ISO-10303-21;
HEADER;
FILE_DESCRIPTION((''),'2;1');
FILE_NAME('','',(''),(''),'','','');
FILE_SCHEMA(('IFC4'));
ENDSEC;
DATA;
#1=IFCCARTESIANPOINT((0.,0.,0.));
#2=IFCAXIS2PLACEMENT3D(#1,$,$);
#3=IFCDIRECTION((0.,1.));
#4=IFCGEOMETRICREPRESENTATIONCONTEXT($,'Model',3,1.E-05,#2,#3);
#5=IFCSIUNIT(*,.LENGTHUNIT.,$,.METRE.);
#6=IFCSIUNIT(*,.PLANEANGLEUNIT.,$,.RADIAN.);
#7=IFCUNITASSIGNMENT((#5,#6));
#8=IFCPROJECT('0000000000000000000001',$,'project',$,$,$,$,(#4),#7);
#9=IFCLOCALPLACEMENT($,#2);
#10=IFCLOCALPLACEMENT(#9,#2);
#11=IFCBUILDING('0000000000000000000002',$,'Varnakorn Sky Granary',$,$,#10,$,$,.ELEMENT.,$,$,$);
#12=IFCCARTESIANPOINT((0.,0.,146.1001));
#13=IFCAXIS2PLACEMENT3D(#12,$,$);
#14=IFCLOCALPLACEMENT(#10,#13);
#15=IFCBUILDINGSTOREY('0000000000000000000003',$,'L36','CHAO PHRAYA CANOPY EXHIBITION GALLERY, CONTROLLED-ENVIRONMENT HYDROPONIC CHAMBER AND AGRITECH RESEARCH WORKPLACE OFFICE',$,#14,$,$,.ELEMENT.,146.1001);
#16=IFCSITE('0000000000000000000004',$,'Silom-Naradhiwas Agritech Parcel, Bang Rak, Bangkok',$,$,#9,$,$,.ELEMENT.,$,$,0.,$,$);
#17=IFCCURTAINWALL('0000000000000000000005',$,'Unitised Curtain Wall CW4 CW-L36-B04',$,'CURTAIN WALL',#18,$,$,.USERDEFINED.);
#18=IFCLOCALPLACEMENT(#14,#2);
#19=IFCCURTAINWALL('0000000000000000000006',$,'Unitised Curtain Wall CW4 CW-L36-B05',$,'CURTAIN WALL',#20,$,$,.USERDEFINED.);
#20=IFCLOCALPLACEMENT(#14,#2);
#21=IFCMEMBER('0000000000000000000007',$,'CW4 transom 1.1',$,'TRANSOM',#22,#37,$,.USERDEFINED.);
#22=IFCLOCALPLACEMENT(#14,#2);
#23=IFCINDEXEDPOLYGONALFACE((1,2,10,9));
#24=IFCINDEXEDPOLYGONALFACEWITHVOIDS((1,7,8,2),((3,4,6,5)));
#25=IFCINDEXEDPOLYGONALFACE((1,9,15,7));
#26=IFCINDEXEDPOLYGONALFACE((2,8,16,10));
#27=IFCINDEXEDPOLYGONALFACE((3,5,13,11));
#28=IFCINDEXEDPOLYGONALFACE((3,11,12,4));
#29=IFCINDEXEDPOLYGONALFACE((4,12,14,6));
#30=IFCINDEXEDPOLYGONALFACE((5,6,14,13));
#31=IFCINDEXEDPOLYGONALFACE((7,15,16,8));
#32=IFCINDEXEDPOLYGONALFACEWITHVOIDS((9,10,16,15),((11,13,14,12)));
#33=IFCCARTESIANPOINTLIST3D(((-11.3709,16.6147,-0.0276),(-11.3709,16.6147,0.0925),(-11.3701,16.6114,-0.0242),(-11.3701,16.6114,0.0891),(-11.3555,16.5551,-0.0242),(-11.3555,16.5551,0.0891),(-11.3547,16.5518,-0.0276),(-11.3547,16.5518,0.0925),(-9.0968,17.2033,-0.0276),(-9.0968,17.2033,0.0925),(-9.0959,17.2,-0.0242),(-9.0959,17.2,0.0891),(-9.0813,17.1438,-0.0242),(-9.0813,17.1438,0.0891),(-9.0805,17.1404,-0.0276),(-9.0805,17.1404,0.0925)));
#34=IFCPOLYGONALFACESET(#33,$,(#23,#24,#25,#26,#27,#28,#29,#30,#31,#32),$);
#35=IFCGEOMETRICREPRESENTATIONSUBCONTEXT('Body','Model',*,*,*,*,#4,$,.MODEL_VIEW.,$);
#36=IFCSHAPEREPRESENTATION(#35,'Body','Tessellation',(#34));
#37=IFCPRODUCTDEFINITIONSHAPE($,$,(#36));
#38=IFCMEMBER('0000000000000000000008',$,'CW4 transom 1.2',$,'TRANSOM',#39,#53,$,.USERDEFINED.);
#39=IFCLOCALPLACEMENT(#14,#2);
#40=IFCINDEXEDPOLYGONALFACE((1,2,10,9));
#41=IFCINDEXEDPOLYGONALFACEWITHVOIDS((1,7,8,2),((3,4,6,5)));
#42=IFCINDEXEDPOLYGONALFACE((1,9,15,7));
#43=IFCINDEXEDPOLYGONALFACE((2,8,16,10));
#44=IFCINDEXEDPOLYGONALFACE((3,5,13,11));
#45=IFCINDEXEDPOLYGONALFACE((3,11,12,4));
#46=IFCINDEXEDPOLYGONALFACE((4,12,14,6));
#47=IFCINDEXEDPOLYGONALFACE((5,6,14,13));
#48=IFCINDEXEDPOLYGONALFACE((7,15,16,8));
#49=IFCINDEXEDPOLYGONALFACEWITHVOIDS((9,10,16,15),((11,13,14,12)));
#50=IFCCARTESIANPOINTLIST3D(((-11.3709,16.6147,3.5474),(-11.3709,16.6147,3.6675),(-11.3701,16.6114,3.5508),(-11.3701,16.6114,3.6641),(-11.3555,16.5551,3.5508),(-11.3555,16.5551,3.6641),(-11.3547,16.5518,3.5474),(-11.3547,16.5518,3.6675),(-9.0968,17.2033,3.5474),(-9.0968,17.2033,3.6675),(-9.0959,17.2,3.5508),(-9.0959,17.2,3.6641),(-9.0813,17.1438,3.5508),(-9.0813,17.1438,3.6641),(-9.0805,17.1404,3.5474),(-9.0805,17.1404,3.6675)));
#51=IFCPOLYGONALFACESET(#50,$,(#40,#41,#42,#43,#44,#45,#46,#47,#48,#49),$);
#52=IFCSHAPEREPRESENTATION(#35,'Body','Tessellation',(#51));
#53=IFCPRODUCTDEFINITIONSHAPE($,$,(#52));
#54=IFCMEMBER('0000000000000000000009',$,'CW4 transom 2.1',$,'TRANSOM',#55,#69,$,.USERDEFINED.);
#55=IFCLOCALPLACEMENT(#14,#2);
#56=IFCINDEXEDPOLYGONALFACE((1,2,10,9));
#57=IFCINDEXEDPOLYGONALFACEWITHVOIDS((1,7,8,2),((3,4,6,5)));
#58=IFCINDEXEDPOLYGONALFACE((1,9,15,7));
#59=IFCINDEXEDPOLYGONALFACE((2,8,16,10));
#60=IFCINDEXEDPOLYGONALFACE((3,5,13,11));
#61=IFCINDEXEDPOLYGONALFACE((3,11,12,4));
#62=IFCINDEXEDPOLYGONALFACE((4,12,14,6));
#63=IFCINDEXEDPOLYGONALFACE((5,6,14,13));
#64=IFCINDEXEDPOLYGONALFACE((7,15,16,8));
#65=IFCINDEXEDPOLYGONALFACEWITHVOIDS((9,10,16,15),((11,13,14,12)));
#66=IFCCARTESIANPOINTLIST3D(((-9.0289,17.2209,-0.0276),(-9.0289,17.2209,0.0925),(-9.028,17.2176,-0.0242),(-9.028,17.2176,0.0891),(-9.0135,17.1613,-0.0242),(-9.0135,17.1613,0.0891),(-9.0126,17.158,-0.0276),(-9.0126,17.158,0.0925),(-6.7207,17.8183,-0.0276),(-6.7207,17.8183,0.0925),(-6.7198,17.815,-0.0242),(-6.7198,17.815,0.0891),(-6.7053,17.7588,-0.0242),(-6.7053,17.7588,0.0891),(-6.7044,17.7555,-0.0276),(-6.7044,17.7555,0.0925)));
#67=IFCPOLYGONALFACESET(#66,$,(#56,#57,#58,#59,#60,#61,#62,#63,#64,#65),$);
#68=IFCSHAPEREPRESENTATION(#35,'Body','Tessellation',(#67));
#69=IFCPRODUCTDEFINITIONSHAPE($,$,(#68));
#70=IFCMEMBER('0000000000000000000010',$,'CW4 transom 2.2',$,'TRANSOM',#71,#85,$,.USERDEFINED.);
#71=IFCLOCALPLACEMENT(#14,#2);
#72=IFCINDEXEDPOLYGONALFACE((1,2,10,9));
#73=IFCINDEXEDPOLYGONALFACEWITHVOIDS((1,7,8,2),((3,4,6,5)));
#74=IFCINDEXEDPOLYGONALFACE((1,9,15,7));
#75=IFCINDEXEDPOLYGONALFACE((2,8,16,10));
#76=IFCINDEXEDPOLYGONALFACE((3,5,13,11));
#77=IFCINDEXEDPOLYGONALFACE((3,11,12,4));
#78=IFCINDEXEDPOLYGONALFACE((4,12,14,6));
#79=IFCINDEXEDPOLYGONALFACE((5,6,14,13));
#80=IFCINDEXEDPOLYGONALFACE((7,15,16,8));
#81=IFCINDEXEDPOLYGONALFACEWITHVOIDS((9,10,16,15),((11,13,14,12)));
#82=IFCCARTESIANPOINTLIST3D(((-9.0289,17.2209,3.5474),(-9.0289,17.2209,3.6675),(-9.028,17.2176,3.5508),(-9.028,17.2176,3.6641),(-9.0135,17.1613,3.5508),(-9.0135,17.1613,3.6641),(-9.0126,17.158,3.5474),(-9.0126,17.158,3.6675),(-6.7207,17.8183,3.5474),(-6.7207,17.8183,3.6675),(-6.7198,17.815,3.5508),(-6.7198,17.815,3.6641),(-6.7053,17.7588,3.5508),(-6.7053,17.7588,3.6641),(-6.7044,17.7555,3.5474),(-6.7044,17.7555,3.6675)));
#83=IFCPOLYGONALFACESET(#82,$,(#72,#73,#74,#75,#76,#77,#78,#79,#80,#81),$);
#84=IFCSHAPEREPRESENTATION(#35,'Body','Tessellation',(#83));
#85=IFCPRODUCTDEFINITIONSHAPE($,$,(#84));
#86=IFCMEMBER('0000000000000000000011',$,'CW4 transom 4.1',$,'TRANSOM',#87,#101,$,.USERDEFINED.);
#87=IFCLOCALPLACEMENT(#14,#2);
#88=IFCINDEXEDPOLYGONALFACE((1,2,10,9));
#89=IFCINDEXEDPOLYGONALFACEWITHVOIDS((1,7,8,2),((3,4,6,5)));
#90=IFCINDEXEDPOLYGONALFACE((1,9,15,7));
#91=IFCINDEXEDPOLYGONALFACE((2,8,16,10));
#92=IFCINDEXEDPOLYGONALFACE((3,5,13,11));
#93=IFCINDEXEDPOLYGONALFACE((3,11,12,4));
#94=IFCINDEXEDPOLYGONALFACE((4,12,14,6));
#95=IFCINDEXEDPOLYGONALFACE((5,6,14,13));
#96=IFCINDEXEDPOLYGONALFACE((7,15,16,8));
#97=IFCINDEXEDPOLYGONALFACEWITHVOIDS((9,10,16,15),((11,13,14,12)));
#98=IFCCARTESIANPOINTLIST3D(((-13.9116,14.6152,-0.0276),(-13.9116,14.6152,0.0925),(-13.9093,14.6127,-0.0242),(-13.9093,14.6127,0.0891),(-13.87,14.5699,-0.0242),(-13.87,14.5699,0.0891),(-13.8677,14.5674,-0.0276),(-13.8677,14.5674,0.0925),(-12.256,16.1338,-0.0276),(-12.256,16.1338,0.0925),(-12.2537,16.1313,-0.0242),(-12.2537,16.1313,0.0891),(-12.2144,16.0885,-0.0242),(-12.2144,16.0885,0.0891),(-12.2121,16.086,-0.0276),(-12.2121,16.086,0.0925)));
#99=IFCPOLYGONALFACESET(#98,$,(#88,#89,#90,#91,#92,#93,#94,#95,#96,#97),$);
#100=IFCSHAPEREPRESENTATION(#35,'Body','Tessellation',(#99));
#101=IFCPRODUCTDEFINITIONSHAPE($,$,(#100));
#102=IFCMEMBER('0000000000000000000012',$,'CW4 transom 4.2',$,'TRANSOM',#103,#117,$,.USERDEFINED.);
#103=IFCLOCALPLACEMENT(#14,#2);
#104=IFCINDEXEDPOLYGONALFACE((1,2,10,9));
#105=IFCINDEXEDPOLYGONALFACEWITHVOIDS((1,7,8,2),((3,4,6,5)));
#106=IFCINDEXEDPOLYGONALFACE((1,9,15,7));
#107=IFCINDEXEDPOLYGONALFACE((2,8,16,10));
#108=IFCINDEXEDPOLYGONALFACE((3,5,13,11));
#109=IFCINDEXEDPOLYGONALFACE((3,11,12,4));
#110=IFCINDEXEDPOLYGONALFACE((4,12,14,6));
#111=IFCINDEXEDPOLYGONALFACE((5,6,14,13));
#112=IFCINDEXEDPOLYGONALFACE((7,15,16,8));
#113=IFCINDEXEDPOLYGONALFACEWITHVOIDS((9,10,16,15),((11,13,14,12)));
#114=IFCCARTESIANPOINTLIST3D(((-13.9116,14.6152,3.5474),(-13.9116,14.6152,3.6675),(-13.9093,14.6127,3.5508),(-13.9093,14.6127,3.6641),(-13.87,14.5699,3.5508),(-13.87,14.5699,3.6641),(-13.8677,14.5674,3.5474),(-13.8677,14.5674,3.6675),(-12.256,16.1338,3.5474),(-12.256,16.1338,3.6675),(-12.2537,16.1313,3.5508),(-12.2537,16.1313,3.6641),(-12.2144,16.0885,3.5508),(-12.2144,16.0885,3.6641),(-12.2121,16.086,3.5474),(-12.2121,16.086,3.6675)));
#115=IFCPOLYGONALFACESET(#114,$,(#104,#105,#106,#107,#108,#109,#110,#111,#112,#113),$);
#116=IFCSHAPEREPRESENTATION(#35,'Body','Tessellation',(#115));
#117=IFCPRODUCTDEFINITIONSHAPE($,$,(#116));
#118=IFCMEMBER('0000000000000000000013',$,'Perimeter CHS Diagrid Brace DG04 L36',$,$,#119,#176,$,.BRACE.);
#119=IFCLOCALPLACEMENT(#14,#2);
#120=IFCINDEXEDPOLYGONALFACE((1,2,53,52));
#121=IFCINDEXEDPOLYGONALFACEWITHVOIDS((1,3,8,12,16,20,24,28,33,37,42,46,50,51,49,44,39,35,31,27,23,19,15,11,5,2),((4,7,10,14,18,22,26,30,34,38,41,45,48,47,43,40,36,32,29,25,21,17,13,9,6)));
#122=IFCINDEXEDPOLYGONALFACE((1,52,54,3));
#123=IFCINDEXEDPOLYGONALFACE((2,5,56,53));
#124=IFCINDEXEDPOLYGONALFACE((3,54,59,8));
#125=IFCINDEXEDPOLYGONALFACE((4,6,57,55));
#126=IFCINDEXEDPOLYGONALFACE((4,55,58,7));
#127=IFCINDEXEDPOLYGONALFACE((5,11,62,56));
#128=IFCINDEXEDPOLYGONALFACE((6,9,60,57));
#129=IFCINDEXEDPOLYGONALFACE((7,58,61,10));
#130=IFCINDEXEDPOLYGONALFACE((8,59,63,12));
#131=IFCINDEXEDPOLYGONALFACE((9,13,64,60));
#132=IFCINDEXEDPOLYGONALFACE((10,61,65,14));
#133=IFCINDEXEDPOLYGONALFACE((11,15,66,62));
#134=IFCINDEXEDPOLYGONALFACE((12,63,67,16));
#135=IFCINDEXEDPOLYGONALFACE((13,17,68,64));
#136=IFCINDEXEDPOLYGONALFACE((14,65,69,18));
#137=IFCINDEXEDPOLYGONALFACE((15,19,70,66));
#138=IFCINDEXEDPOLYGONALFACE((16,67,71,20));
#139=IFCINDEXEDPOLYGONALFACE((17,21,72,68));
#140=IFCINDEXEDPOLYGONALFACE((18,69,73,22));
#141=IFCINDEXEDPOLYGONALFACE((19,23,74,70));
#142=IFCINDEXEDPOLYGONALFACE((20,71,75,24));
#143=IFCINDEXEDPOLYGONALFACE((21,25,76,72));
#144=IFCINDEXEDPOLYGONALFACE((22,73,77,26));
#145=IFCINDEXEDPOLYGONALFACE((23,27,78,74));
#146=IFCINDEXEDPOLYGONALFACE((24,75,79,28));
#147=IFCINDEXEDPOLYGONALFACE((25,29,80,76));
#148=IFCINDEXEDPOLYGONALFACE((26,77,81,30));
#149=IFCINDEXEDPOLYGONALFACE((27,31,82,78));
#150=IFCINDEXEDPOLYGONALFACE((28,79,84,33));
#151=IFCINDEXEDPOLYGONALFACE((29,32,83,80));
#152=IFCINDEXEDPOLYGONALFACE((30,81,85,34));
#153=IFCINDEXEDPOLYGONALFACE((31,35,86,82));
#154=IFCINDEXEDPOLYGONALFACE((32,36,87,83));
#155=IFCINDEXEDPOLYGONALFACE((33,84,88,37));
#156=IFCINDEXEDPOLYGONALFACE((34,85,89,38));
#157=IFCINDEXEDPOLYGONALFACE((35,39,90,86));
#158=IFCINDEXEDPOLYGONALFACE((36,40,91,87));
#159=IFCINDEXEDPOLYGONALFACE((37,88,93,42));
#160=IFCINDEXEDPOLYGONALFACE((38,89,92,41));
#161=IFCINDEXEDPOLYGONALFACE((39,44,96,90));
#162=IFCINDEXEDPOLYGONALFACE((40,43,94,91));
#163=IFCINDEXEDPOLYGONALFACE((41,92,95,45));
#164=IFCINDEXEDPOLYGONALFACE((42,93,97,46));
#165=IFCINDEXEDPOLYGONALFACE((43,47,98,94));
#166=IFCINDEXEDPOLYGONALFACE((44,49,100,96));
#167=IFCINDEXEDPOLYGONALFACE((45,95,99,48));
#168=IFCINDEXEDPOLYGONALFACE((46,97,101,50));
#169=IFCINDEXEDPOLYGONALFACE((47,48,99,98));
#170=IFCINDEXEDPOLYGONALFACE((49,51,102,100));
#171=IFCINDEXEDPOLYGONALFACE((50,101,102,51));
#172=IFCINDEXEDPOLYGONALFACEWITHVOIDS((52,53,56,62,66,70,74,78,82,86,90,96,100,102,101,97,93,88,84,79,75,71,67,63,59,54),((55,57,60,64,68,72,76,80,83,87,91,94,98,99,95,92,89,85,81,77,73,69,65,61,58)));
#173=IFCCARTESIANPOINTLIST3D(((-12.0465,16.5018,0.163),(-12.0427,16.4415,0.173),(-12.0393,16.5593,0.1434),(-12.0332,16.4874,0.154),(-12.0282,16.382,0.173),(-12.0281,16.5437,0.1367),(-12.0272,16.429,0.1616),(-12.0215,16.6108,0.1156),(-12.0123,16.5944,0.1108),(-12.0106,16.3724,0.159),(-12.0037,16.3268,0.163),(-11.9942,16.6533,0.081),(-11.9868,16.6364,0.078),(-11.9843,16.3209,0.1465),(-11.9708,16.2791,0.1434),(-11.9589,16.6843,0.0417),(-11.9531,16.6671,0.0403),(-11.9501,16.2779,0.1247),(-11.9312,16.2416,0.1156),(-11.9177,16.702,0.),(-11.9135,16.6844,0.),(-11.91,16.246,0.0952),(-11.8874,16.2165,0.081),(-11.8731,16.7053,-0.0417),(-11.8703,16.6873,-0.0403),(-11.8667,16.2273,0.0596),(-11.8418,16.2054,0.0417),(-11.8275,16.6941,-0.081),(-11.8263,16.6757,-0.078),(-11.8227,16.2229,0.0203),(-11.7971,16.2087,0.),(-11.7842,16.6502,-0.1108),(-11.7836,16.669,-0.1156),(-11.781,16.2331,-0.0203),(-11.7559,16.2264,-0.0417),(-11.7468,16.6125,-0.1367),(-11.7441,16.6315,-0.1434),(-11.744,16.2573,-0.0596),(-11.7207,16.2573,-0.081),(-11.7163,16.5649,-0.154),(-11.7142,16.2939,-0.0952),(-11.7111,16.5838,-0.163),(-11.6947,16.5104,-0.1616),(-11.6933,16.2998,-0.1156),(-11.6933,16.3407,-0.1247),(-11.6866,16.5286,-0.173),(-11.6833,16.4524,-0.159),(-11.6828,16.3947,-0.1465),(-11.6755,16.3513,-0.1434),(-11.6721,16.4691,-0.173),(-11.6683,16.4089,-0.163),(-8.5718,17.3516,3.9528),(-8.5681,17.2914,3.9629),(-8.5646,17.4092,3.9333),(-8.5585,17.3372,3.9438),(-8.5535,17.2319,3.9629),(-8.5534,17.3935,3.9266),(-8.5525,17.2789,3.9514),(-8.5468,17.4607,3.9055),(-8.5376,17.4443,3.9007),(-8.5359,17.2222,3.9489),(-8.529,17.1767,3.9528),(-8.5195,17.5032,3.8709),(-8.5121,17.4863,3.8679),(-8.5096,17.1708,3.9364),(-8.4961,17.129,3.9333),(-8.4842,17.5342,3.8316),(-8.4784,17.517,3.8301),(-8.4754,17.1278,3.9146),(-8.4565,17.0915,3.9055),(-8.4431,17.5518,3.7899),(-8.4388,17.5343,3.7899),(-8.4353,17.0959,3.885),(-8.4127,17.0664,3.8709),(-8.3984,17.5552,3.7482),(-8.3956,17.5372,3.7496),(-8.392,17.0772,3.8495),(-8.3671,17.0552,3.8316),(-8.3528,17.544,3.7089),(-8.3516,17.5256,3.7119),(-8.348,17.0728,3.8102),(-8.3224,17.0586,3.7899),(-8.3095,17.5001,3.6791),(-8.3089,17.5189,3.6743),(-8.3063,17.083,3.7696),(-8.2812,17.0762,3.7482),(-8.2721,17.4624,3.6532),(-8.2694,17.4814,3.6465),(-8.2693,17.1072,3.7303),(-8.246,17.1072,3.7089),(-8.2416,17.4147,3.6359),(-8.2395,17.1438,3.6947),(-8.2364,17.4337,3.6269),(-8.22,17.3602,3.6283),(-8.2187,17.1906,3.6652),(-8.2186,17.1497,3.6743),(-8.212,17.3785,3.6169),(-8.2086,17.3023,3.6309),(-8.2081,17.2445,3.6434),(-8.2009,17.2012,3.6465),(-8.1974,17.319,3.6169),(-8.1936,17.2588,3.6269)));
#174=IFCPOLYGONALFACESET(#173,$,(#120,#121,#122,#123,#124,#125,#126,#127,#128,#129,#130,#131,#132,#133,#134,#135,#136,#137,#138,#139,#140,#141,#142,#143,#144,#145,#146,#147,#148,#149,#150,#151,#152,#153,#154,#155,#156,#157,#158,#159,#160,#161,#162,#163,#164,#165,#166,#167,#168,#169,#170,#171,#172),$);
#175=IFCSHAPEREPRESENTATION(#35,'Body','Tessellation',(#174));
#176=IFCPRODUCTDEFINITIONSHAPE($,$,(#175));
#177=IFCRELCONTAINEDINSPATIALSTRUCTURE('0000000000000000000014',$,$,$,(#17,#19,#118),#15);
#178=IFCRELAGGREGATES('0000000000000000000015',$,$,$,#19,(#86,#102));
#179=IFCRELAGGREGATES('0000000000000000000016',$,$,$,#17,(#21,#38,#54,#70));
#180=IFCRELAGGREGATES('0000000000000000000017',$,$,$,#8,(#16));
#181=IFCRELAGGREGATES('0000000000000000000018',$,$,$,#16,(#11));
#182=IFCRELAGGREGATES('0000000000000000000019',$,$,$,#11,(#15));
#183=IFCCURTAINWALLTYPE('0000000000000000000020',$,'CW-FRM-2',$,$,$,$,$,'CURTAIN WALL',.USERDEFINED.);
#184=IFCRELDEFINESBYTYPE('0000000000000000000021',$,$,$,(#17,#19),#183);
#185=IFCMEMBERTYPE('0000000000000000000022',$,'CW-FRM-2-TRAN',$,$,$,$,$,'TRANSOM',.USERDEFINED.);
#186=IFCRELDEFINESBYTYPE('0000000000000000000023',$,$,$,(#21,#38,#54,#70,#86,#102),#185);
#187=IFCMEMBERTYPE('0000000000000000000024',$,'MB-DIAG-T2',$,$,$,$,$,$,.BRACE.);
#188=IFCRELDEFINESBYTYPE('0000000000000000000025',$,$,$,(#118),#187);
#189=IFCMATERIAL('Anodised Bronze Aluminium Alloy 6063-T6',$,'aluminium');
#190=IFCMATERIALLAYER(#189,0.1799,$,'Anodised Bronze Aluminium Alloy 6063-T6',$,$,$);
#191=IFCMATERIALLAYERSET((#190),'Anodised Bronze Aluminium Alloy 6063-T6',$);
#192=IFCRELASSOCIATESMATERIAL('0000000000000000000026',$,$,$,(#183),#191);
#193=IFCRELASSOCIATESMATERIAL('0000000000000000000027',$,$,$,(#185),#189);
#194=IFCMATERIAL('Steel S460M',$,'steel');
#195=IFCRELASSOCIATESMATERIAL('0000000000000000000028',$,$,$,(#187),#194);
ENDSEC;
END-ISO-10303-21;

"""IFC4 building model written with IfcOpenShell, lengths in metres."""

from ifc_helpers import new_model, si_unit, direction, frame, origin, origin_2d, place, context, subcontext, project, spatial, hollow_rectangle, hollow_circle, extrude, material, layer, layer_set, material_profile, profile_set, type_object, element, aggregate, save


model = new_model("IFC4")

# Units and contexts
model_context = context("Model", 3, precision=1e-05, world=origin(), true_north=direction((0.0, 1.0)))
body_context = subcontext(model_context, "Body", "Model", "MODEL_VIEW")
ifc_project = project(units=[si_unit("LENGTHUNIT", "METRE"), si_unit("PLANEANGLEUNIT", "RADIAN")], contexts=[model_context])

# Site, building, storey
site_placement = place(None, origin())
site = spatial("IfcSite", under=ifc_project, at=site_placement, Name="Silom-Naradhiwas Agritech Parcel, Bang Rak, Bangkok", CompositionType="ELEMENT", RefElevation=0.0)
building_placement = place(site_placement, origin())
building = spatial("IfcBuilding", under=site, at=building_placement, Name="Varnakorn Sky Granary", CompositionType="ELEMENT")
storey_placement = place(building_placement, frame((0.0, 0.0, 146.1001)))
storey = spatial("IfcBuildingStorey", under=building, at=storey_placement, Name="L36", Description="CHAO PHRAYA CANOPY EXHIBITION GALLERY, CONTROLLED-ENVIRONMENT HYDROPONIC CHAMBER AND AGRITECH RESEARCH WORKPLACE OFFICE", CompositionType="ELEMENT", Elevation=146.1001)

# Shared definitions
ifc_material_1 = material(Name="Steel S460M", Category="steel")

# Curtain walls
ifc_material_2 = material(Name="Anodised Bronze Aluminium Alloy 6063-T6", Category="aluminium")
ifc_layer_1 = layer(ifc_material_2, 0.1799, Name="Anodised Bronze Aluminium Alloy 6063-T6")
ifc_layer_set_1 = layer_set([ifc_layer_1], Name="Anodised Bronze Aluminium Alloy 6063-T6")
curtain_wall_type = type_object("IfcCurtainWallType", Name="CW-FRM-2", ElementType="CURTAIN WALL", PredefinedType="USERDEFINED", material=ifc_layer_set_1)
curtain_wall_1_placement = place(storey_placement, origin())
curtain_wall_1 = element("IfcCurtainWall", 1, at=curtain_wall_1_placement, inside=storey, type_object=curtain_wall_type, Name="Unitised Curtain Wall CW4 CW-L36-B04", ObjectType="CURTAIN WALL", PredefinedType="USERDEFINED")
curtain_wall_2_placement = place(storey_placement, origin())
curtain_wall_2 = element("IfcCurtainWall", 2, at=curtain_wall_2_placement, inside=storey, type_object=curtain_wall_type, Name="Unitised Curtain Wall CW4 CW-L36-B05", ObjectType="CURTAIN WALL", PredefinedType="USERDEFINED")

# Members
ifc_material_profile_1 = material_profile(ifc_material_2, hollow_rectangle(XDim=0.0649, YDim=0.1201, WallThickness=0.0034, at=origin_2d()), Name="ALU TRAN 65x120")
ifc_profile_set_1 = profile_set([ifc_material_profile_1], Name="Anodised Bronze Aluminium Alloy 6063-T6")
member_type_1 = type_object("IfcMemberType", Name="CW-FRM-2-TRAN", ElementType="TRANSOM", PredefinedType="USERDEFINED", material=ifc_profile_set_1)
member_1_placement = place(storey_placement, frame((-11.3628, 16.5833, 0.0325), z_axis=(0.968098, 0.250573, 0.0), x_axis=(-0.250573, 0.968098, 0.0)))
member_1 = element("IfcMember", 3, at=member_1_placement, type_object=member_type_1, Name="CW4 transom 1.1", ObjectType="TRANSOM", PredefinedType="USERDEFINED", context=body_context, shape_type="SweptSolid", body=[
    extrude(hollow_rectangle(XDim=0.0649, YDim=0.1201, WallThickness=0.0034, at=origin_2d()), origin(), (0.0, 0.0, 1.0), 2.3491),
])
member_2_placement = place(storey_placement, frame((-11.3628, 16.5833, 3.6074), z_axis=(0.968098, 0.250573, 0.0), x_axis=(-0.250573, 0.968098, 0.0)))
member_2 = element("IfcMember", 4, at=member_2_placement, type_object=member_type_1, Name="CW4 transom 1.2", ObjectType="TRANSOM", PredefinedType="USERDEFINED", context=body_context, shape_type="SweptSolid", body=[
    extrude(hollow_rectangle(XDim=0.0649, YDim=0.1201, WallThickness=0.0034, at=origin_2d()), origin(), (0.0, 0.0, 1.0), 2.3491),
])
member_3_placement = place(storey_placement, frame((-9.0208, 17.1895, 0.0325), z_axis=(0.968097, 0.250575, 0.0), x_axis=(-0.250575, 0.968097, 0.0)))
member_3 = element("IfcMember", 5, at=member_3_placement, type_object=member_type_1, Name="CW4 transom 2.1", ObjectType="TRANSOM", PredefinedType="USERDEFINED", context=body_context, shape_type="SweptSolid", body=[
    extrude(hollow_rectangle(XDim=0.0649, YDim=0.1201, WallThickness=0.0034, at=origin_2d()), origin(), (0.0, 0.0, 1.0), 2.3843),
])
member_4_placement = place(storey_placement, frame((-9.0208, 17.1895, 3.6074), z_axis=(0.968097, 0.250575, 0.0), x_axis=(-0.250575, 0.968097, 0.0)))
member_4 = element("IfcMember", 6, at=member_4_placement, type_object=member_type_1, Name="CW4 transom 2.2", ObjectType="TRANSOM", PredefinedType="USERDEFINED", context=body_context, shape_type="SweptSolid", body=[
    extrude(hollow_rectangle(XDim=0.0649, YDim=0.1201, WallThickness=0.0034, at=origin_2d()), origin(), (0.0, 0.0, 1.0), 2.3843),
])
member_5_placement = place(storey_placement, frame((-13.8896, 14.5913, 0.0325), z_axis=(0.736933, 0.675966, 0.0), x_axis=(-0.675966, 0.736933, 0.0)))
member_5 = element("IfcMember", 7, at=member_5_placement, type_object=member_type_1, Name="CW4 transom 4.1", ObjectType="TRANSOM", PredefinedType="USERDEFINED", context=body_context, shape_type="SweptSolid", body=[
    extrude(hollow_rectangle(XDim=0.0649, YDim=0.1201, WallThickness=0.0034, at=origin_2d()), origin(), (0.0, 0.0, 1.0), 2.2466),
])
member_6_placement = place(storey_placement, frame((-13.8896, 14.5913, 3.6074), z_axis=(0.736933, 0.675966, 0.0), x_axis=(-0.675966, 0.736933, 0.0)))
member_6 = element("IfcMember", 8, at=member_6_placement, type_object=member_type_1, Name="CW4 transom 4.2", ObjectType="TRANSOM", PredefinedType="USERDEFINED", context=body_context, shape_type="SweptSolid", body=[
    extrude(hollow_rectangle(XDim=0.0649, YDim=0.1201, WallThickness=0.0034, at=origin_2d()), origin(), (0.0, 0.0, 1.0), 2.2466),
])

# Member
ifc_material_profile_2 = material_profile(ifc_material_1, hollow_circle(Radius=0.2539, WallThickness=0.0181, at=origin_2d()), Name="CHS 508x18")
ifc_profile_set_2 = profile_set([ifc_material_profile_2], Name="Steel S460M")
member_type_2 = type_object("IfcMemberType", Name="MB-DIAG-T2", PredefinedType="BRACE", material=ifc_profile_set_2)
member_7_placement = place(storey_placement, frame((-11.8574, 16.4553, 0.0), z_axis=(0.666744, 0.163079, 0.727226), x_axis=(-0.237586, 0.971366, 0.0)))
element("IfcMember", 9, at=member_7_placement, inside=storey, type_object=member_type_2, Name="Perimeter CHS Diagrid Brace DG04 L36", PredefinedType="BRACE", context=body_context, shape_type="SweptSolid", body=[
    extrude(hollow_circle(Radius=0.2539, WallThickness=0.0181, at=origin_2d()), origin(), (0.0, 0.0, 1.0), 5.2114),
])

aggregate(curtain_wall_2, [member_5, member_6])
aggregate(curtain_wall_1, [member_1, member_2, member_3, member_4])

save(model, "model.ifc")
